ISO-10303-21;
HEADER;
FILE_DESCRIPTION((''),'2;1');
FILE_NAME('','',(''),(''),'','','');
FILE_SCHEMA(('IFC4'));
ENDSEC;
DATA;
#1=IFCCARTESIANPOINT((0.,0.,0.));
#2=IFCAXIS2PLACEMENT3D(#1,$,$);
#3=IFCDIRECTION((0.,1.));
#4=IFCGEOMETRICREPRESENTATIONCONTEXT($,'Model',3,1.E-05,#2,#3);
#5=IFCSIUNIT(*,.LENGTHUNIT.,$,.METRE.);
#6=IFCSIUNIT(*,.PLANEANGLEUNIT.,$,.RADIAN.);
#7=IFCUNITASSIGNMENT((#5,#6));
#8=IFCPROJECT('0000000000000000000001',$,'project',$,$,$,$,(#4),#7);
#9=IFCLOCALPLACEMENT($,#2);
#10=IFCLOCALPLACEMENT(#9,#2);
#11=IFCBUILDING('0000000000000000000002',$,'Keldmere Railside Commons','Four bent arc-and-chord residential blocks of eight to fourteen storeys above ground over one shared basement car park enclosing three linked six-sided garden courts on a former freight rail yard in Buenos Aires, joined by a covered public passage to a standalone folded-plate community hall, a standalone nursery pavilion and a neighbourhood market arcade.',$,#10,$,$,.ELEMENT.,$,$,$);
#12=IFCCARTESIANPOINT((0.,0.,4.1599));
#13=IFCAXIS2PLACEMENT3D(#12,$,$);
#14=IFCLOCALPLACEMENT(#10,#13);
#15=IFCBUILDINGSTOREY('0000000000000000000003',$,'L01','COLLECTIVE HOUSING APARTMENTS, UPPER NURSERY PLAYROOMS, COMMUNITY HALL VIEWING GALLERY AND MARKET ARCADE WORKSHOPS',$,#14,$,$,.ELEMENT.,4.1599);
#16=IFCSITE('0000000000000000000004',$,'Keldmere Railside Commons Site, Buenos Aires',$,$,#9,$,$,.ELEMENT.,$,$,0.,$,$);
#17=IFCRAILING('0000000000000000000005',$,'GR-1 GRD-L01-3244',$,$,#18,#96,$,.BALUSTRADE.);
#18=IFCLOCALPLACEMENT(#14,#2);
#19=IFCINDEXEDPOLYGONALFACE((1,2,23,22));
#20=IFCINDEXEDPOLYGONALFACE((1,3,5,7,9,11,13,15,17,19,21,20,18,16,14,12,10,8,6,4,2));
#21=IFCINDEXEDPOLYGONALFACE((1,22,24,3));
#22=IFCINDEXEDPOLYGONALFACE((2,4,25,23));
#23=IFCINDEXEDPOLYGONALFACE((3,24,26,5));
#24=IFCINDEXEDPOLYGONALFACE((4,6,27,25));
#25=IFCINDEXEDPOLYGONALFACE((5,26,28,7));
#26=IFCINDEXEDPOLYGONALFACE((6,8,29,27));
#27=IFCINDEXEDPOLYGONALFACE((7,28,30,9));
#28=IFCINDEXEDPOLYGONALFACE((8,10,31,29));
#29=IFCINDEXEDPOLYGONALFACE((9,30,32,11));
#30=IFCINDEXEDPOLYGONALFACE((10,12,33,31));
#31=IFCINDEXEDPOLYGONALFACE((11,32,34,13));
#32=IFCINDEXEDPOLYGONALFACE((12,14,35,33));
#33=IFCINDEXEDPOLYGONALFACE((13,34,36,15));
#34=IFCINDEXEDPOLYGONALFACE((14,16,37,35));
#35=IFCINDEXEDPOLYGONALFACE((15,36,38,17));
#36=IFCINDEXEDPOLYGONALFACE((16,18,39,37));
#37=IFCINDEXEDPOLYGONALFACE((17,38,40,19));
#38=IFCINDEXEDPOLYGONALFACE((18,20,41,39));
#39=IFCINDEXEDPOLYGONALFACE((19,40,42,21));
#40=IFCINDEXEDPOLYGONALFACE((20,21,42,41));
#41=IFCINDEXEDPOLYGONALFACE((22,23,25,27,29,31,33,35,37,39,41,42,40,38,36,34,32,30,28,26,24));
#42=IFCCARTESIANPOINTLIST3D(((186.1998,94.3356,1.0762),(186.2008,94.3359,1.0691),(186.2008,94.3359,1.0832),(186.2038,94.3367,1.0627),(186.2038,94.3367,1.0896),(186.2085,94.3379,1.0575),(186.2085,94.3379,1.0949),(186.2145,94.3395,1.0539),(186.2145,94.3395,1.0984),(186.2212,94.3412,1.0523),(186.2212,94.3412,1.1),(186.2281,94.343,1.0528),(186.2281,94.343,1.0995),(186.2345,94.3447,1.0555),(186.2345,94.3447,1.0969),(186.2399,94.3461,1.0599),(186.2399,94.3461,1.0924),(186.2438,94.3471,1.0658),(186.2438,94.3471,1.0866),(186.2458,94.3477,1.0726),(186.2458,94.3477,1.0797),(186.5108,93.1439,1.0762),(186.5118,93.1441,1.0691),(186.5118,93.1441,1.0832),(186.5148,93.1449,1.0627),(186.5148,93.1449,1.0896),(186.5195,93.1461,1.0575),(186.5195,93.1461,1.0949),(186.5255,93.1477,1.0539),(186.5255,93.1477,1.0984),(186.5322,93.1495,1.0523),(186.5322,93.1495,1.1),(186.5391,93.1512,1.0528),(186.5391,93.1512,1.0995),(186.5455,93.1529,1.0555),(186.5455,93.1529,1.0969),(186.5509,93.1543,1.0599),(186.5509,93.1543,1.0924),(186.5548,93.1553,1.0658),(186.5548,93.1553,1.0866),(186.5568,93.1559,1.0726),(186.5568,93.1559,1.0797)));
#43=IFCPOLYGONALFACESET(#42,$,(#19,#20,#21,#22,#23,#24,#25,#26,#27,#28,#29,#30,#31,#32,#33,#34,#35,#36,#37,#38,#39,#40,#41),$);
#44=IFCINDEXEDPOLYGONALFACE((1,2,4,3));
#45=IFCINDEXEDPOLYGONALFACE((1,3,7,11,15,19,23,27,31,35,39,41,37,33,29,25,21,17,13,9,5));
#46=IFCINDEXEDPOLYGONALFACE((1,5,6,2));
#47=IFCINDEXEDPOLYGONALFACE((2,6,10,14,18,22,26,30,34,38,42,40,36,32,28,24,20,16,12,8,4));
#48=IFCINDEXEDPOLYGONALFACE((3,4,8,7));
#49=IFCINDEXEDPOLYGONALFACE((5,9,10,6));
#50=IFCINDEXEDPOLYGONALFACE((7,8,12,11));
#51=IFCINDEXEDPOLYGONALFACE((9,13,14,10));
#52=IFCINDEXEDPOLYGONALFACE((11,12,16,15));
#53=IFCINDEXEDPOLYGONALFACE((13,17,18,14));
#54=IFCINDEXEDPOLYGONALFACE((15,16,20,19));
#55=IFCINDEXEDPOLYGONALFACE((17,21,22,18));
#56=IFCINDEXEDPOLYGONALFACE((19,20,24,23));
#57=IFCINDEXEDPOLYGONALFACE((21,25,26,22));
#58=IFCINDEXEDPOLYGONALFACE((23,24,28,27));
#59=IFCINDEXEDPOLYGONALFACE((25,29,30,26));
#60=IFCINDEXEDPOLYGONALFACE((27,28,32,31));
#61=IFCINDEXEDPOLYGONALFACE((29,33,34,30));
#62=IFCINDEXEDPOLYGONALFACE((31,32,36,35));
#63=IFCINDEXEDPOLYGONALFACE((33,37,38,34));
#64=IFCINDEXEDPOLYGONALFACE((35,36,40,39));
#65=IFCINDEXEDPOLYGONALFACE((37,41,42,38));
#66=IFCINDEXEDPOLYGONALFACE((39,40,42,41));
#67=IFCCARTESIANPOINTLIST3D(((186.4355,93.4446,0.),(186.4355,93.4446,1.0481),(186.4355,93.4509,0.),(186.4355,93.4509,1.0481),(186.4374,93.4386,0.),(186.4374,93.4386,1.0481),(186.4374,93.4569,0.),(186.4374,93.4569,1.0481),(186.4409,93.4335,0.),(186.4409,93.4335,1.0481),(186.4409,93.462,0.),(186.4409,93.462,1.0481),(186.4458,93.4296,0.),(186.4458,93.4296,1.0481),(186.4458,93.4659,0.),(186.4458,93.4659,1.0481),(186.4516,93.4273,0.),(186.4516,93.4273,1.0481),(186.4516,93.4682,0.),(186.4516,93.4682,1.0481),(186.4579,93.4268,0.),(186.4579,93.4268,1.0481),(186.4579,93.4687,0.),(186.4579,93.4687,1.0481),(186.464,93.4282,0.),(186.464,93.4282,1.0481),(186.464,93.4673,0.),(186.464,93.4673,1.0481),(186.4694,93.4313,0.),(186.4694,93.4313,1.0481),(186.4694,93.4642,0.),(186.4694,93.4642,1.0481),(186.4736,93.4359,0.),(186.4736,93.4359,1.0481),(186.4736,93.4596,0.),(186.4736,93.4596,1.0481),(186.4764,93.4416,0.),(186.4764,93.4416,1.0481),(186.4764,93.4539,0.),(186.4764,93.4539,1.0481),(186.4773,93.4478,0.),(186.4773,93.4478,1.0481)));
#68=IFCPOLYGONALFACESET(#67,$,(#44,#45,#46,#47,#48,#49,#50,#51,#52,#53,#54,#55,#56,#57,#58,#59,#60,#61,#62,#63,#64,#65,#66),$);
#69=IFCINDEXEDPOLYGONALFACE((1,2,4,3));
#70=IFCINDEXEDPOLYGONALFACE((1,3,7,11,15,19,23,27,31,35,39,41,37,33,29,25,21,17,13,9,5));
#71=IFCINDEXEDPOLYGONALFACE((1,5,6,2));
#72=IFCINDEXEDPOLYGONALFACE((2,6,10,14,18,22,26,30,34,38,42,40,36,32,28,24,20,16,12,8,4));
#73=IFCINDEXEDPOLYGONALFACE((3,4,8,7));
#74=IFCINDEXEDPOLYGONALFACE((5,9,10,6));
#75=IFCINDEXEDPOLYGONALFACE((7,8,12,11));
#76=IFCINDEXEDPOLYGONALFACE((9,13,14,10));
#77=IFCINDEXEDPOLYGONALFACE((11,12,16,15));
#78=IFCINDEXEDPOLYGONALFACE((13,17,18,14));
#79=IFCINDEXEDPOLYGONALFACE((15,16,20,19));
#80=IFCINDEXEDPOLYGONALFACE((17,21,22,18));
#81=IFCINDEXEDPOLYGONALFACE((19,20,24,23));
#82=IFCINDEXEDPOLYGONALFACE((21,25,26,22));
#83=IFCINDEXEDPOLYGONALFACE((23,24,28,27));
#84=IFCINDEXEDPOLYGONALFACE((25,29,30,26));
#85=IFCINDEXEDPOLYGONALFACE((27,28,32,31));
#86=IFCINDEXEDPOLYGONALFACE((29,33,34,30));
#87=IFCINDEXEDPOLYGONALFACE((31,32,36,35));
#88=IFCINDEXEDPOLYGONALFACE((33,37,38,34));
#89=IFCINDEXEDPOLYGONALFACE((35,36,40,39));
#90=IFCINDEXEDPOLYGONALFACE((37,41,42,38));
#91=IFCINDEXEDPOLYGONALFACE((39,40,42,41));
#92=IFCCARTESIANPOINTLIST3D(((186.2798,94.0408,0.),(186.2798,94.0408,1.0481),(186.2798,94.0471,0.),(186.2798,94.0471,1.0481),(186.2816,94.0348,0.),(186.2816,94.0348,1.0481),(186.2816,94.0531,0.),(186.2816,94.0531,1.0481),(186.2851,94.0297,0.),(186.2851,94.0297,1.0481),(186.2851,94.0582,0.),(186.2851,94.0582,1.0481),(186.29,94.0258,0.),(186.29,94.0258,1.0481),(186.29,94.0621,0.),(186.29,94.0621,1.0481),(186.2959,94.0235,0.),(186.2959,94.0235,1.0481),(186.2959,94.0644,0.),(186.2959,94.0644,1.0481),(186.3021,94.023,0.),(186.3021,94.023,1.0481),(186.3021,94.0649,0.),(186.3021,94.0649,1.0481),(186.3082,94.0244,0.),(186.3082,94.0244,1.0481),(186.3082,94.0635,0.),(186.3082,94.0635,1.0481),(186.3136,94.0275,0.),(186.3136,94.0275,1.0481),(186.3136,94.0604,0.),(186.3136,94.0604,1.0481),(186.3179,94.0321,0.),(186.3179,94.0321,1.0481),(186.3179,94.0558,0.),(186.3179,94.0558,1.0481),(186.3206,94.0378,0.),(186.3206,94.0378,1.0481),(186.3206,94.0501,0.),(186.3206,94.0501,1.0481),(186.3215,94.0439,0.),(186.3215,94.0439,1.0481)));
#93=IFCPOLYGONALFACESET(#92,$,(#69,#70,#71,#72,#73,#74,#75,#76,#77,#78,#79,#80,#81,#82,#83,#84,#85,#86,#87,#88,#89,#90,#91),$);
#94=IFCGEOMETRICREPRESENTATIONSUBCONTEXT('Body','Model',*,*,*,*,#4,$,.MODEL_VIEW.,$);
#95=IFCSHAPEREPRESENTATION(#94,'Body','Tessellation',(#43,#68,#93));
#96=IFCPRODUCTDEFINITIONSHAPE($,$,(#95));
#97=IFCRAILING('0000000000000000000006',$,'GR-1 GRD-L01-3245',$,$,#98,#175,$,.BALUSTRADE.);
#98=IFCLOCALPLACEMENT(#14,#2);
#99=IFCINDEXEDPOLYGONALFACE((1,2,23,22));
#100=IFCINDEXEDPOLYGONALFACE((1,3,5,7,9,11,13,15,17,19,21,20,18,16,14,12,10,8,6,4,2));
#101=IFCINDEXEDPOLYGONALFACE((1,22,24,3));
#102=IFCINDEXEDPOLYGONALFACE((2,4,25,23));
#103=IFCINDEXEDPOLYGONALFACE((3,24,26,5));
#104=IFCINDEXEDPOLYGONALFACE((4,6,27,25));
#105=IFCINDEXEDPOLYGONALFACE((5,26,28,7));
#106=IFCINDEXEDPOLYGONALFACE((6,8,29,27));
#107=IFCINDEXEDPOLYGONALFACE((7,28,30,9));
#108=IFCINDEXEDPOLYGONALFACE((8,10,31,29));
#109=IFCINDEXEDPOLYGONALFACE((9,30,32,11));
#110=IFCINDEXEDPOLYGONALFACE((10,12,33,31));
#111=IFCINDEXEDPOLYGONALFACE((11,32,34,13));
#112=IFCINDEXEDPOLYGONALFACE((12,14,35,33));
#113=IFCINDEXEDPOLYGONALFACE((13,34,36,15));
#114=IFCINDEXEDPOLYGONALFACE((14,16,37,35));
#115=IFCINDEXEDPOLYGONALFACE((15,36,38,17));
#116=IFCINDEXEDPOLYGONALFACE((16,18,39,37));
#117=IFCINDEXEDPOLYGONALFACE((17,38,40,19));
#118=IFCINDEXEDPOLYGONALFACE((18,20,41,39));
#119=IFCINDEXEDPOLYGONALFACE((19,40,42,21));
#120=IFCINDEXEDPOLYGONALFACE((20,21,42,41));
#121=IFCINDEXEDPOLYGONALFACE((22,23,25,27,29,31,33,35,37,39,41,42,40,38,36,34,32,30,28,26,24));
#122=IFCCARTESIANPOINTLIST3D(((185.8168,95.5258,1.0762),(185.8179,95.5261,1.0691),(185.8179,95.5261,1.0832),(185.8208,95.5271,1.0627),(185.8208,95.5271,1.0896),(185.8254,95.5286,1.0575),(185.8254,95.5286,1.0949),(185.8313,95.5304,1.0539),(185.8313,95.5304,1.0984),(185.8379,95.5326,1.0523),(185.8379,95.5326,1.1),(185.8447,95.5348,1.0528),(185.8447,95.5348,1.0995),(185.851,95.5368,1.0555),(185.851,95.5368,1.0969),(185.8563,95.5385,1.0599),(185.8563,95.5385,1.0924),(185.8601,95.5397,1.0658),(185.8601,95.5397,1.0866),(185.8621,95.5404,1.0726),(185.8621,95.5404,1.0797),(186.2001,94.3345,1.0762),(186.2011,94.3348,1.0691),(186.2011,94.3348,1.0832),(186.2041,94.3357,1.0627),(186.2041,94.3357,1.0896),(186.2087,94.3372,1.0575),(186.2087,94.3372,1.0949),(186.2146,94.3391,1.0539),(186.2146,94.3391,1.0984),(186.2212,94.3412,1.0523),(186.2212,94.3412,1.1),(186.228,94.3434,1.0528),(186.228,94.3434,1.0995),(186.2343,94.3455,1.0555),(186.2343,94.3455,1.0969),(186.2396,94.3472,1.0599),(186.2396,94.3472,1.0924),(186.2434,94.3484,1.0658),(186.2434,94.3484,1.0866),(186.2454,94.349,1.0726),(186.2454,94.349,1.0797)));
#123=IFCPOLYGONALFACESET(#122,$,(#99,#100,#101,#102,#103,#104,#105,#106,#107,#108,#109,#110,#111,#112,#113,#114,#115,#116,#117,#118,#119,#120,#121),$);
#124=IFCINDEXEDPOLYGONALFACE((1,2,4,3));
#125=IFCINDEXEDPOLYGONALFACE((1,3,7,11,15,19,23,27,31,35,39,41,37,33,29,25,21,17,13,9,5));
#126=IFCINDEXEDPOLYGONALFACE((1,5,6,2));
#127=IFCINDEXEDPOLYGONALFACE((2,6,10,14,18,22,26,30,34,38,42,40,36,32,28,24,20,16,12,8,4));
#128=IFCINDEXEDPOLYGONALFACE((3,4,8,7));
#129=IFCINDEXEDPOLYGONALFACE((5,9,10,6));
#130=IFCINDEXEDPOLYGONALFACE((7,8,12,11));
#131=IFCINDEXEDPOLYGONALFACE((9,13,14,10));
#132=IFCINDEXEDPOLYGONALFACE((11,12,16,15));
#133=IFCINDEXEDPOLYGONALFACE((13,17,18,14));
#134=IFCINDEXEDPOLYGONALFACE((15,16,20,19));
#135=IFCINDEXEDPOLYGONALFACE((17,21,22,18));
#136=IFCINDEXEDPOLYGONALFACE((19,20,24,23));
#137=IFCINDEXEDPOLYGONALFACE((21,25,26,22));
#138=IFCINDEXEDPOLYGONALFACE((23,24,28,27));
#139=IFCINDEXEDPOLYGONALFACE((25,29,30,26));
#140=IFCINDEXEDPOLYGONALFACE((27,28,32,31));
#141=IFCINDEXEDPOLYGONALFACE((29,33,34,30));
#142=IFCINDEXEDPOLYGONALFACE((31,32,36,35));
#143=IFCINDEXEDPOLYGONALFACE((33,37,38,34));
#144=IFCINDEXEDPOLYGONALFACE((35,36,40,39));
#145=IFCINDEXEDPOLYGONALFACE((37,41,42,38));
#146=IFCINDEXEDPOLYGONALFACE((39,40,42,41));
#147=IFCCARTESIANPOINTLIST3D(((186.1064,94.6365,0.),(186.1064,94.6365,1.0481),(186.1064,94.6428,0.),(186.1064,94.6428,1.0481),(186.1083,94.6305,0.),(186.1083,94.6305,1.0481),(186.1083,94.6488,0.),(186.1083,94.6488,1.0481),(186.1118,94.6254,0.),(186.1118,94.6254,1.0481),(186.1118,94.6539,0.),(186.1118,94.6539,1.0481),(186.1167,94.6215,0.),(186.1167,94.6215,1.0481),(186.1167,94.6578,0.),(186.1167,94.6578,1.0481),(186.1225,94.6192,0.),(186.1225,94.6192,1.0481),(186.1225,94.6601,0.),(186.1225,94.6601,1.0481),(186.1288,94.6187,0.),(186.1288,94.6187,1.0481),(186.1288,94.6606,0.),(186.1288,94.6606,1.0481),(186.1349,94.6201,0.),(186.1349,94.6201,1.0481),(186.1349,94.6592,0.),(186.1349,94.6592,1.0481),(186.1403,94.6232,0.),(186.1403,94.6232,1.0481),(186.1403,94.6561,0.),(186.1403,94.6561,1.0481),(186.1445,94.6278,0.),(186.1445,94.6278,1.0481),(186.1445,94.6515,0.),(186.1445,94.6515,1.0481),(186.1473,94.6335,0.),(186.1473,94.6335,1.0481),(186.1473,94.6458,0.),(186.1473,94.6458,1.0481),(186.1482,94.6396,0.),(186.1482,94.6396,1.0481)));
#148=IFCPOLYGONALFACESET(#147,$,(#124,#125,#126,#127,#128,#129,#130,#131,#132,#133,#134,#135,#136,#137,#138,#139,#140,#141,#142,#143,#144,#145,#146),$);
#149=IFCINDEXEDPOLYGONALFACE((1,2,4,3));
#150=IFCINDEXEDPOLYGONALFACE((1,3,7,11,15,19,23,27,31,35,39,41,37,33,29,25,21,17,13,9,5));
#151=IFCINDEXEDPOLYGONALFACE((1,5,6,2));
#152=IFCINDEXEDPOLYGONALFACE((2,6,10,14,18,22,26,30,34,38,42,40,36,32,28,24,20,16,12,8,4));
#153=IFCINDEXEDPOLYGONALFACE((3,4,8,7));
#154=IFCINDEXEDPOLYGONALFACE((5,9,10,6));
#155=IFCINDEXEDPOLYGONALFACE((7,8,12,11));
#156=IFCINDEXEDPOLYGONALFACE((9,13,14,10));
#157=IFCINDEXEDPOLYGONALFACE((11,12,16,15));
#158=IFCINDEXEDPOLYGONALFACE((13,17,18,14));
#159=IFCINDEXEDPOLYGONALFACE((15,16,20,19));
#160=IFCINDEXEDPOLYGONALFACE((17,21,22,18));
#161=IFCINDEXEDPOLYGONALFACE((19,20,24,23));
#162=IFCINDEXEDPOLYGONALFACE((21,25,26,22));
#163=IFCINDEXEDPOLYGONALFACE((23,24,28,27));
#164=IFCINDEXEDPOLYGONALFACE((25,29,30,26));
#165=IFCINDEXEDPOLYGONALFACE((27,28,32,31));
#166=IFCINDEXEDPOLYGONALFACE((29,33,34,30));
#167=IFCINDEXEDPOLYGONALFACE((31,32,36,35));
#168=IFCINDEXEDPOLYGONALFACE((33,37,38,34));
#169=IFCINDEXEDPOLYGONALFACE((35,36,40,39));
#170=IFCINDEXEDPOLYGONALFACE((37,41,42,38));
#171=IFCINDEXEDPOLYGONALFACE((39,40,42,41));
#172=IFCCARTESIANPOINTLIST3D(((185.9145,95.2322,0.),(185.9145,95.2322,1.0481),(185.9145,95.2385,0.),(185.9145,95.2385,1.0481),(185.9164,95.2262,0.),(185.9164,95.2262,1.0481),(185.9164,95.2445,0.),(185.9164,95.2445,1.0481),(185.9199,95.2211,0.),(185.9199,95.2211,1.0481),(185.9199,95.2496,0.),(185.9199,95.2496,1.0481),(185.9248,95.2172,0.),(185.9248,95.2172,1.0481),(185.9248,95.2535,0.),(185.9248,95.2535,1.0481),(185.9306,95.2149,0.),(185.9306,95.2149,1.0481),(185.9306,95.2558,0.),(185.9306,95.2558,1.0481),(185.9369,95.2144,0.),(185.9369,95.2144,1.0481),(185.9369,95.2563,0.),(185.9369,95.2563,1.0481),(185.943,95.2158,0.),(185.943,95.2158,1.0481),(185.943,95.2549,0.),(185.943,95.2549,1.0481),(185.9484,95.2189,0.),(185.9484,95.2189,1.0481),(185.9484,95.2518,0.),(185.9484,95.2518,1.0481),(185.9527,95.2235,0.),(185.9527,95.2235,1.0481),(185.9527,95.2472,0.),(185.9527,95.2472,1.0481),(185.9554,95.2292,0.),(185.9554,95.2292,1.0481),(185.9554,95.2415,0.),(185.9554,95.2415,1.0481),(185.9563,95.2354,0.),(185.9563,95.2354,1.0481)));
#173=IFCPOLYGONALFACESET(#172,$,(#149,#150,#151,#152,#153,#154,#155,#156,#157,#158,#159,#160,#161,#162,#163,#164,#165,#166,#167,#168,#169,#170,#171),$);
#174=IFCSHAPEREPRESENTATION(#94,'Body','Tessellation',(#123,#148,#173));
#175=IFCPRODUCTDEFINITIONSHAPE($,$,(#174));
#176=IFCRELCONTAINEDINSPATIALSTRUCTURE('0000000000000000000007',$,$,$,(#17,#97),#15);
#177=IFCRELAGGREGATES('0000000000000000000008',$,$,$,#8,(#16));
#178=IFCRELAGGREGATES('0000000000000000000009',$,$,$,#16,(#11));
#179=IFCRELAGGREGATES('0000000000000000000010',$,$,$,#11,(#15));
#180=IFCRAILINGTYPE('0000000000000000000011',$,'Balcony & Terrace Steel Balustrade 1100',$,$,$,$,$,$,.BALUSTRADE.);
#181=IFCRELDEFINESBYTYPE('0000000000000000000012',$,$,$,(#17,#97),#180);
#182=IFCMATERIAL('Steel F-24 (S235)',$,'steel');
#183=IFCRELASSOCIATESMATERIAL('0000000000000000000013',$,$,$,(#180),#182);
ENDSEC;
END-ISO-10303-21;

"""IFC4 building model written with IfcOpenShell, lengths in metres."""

from ifc_helpers import new_model, si_unit, direction, frame, origin, origin_2d, place, context, subcontext, project, spatial, circle, extrude, material, type_object, element, save


model = new_model("IFC4")

# Units and contexts
model_context = context("Model", 3, precision=1e-05, world=origin(), true_north=direction((0.0, 1.0)))
body_context = subcontext(model_context, "Body", "Model", "MODEL_VIEW")
ifc_project = project(units=[si_unit("LENGTHUNIT", "METRE"), si_unit("PLANEANGLEUNIT", "RADIAN")], contexts=[model_context])

# Site, building, storey
site_placement = place(None, origin())
site = spatial("IfcSite", under=ifc_project, at=site_placement, Name="Keldmere Railside Commons Site, Buenos Aires", CompositionType="ELEMENT", RefElevation=0.0)
building_placement = place(site_placement, origin())
building = spatial("IfcBuilding", under=site, at=building_placement, Name="Keldmere Railside Commons", Description="Four bent arc-and-chord residential blocks of eight to fourteen storeys above ground over one shared basement car park enclosing three linked six-sided garden courts on a former freight rail yard in Buenos Aires, joined by a covered public passage to a standalone folded-plate community hall, a standalone nursery pavilion and a neighbourhood market arcade.", CompositionType="ELEMENT")
storey_placement = place(building_placement, frame((0.0, 0.0, 4.1599)))
storey = spatial("IfcBuildingStorey", under=building, at=storey_placement, Name="L01", Description="COLLECTIVE HOUSING APARTMENTS, UPPER NURSERY PLAYROOMS, COMMUNITY HALL VIEWING GALLERY AND MARKET ARCADE WORKSHOPS", CompositionType="ELEMENT", Elevation=4.1599)

# Railings
ifc_material_1 = material(Name="Steel F-24 (S235)", Category="steel")
railing_type = type_object("IfcRailingType", Name="Balcony & Terrace Steel Balustrade 1100", PredefinedType="BALUSTRADE", material=ifc_material_1)
railing_1_placement = place(storey_placement, frame((186.5339, 93.1499, 0.0)))
element("IfcRailing", 1, at=railing_1_placement, inside=storey, type_object=railing_type, Name="GR-1 GRD-L01-3244", PredefinedType="BALUSTRADE", context=body_context, shape_type="SweptSolid", body=[
    extrude(circle(Radius=0.0239, at=origin_2d()), frame((0.0, 0.0, 1.0762), z_axis=(-0.252503, 0.967596, 0.0), x_axis=(-0.967596, -0.252503, 0.0)), (0.0, 0.0, 1.0), 1.2317),
    extrude(circle(Radius=0.021, at=origin_2d()), frame((-0.0776, 0.2979, 0.0)), (0.0, 0.0, 1.0), 1.0481),
    extrude(circle(Radius=0.021, at=origin_2d()), frame((-0.2334, 0.894, 0.0)), (0.0, 0.0, 1.0), 1.0481),
])
railing_2_placement = place(storey_placement, frame((186.2229, 94.3418, 0.0)))
element("IfcRailing", 2, at=railing_2_placement, inside=storey, type_object=railing_type, Name="GR-1 GRD-L01-3245", PredefinedType="BALUSTRADE", context=body_context, shape_type="SweptSolid", body=[
    extrude(circle(Radius=0.0239, at=origin_2d()), frame((0.0, 0.0, 1.0762), z_axis=(-0.306262, 0.951947, 0.0), x_axis=(-0.951947, -0.306262, 0.0)), (0.0, 0.0, 1.0), 1.2515),
    extrude(circle(Radius=0.021, at=origin_2d()), frame((-0.0957, 0.2979, 0.0)), (0.0, 0.0, 1.0), 1.0481),
    extrude(circle(Radius=0.021, at=origin_2d()), frame((-0.2876, 0.8936, 0.0)), (0.0, 0.0, 1.0), 1.0481),
])

save(model, "model.ifc")
